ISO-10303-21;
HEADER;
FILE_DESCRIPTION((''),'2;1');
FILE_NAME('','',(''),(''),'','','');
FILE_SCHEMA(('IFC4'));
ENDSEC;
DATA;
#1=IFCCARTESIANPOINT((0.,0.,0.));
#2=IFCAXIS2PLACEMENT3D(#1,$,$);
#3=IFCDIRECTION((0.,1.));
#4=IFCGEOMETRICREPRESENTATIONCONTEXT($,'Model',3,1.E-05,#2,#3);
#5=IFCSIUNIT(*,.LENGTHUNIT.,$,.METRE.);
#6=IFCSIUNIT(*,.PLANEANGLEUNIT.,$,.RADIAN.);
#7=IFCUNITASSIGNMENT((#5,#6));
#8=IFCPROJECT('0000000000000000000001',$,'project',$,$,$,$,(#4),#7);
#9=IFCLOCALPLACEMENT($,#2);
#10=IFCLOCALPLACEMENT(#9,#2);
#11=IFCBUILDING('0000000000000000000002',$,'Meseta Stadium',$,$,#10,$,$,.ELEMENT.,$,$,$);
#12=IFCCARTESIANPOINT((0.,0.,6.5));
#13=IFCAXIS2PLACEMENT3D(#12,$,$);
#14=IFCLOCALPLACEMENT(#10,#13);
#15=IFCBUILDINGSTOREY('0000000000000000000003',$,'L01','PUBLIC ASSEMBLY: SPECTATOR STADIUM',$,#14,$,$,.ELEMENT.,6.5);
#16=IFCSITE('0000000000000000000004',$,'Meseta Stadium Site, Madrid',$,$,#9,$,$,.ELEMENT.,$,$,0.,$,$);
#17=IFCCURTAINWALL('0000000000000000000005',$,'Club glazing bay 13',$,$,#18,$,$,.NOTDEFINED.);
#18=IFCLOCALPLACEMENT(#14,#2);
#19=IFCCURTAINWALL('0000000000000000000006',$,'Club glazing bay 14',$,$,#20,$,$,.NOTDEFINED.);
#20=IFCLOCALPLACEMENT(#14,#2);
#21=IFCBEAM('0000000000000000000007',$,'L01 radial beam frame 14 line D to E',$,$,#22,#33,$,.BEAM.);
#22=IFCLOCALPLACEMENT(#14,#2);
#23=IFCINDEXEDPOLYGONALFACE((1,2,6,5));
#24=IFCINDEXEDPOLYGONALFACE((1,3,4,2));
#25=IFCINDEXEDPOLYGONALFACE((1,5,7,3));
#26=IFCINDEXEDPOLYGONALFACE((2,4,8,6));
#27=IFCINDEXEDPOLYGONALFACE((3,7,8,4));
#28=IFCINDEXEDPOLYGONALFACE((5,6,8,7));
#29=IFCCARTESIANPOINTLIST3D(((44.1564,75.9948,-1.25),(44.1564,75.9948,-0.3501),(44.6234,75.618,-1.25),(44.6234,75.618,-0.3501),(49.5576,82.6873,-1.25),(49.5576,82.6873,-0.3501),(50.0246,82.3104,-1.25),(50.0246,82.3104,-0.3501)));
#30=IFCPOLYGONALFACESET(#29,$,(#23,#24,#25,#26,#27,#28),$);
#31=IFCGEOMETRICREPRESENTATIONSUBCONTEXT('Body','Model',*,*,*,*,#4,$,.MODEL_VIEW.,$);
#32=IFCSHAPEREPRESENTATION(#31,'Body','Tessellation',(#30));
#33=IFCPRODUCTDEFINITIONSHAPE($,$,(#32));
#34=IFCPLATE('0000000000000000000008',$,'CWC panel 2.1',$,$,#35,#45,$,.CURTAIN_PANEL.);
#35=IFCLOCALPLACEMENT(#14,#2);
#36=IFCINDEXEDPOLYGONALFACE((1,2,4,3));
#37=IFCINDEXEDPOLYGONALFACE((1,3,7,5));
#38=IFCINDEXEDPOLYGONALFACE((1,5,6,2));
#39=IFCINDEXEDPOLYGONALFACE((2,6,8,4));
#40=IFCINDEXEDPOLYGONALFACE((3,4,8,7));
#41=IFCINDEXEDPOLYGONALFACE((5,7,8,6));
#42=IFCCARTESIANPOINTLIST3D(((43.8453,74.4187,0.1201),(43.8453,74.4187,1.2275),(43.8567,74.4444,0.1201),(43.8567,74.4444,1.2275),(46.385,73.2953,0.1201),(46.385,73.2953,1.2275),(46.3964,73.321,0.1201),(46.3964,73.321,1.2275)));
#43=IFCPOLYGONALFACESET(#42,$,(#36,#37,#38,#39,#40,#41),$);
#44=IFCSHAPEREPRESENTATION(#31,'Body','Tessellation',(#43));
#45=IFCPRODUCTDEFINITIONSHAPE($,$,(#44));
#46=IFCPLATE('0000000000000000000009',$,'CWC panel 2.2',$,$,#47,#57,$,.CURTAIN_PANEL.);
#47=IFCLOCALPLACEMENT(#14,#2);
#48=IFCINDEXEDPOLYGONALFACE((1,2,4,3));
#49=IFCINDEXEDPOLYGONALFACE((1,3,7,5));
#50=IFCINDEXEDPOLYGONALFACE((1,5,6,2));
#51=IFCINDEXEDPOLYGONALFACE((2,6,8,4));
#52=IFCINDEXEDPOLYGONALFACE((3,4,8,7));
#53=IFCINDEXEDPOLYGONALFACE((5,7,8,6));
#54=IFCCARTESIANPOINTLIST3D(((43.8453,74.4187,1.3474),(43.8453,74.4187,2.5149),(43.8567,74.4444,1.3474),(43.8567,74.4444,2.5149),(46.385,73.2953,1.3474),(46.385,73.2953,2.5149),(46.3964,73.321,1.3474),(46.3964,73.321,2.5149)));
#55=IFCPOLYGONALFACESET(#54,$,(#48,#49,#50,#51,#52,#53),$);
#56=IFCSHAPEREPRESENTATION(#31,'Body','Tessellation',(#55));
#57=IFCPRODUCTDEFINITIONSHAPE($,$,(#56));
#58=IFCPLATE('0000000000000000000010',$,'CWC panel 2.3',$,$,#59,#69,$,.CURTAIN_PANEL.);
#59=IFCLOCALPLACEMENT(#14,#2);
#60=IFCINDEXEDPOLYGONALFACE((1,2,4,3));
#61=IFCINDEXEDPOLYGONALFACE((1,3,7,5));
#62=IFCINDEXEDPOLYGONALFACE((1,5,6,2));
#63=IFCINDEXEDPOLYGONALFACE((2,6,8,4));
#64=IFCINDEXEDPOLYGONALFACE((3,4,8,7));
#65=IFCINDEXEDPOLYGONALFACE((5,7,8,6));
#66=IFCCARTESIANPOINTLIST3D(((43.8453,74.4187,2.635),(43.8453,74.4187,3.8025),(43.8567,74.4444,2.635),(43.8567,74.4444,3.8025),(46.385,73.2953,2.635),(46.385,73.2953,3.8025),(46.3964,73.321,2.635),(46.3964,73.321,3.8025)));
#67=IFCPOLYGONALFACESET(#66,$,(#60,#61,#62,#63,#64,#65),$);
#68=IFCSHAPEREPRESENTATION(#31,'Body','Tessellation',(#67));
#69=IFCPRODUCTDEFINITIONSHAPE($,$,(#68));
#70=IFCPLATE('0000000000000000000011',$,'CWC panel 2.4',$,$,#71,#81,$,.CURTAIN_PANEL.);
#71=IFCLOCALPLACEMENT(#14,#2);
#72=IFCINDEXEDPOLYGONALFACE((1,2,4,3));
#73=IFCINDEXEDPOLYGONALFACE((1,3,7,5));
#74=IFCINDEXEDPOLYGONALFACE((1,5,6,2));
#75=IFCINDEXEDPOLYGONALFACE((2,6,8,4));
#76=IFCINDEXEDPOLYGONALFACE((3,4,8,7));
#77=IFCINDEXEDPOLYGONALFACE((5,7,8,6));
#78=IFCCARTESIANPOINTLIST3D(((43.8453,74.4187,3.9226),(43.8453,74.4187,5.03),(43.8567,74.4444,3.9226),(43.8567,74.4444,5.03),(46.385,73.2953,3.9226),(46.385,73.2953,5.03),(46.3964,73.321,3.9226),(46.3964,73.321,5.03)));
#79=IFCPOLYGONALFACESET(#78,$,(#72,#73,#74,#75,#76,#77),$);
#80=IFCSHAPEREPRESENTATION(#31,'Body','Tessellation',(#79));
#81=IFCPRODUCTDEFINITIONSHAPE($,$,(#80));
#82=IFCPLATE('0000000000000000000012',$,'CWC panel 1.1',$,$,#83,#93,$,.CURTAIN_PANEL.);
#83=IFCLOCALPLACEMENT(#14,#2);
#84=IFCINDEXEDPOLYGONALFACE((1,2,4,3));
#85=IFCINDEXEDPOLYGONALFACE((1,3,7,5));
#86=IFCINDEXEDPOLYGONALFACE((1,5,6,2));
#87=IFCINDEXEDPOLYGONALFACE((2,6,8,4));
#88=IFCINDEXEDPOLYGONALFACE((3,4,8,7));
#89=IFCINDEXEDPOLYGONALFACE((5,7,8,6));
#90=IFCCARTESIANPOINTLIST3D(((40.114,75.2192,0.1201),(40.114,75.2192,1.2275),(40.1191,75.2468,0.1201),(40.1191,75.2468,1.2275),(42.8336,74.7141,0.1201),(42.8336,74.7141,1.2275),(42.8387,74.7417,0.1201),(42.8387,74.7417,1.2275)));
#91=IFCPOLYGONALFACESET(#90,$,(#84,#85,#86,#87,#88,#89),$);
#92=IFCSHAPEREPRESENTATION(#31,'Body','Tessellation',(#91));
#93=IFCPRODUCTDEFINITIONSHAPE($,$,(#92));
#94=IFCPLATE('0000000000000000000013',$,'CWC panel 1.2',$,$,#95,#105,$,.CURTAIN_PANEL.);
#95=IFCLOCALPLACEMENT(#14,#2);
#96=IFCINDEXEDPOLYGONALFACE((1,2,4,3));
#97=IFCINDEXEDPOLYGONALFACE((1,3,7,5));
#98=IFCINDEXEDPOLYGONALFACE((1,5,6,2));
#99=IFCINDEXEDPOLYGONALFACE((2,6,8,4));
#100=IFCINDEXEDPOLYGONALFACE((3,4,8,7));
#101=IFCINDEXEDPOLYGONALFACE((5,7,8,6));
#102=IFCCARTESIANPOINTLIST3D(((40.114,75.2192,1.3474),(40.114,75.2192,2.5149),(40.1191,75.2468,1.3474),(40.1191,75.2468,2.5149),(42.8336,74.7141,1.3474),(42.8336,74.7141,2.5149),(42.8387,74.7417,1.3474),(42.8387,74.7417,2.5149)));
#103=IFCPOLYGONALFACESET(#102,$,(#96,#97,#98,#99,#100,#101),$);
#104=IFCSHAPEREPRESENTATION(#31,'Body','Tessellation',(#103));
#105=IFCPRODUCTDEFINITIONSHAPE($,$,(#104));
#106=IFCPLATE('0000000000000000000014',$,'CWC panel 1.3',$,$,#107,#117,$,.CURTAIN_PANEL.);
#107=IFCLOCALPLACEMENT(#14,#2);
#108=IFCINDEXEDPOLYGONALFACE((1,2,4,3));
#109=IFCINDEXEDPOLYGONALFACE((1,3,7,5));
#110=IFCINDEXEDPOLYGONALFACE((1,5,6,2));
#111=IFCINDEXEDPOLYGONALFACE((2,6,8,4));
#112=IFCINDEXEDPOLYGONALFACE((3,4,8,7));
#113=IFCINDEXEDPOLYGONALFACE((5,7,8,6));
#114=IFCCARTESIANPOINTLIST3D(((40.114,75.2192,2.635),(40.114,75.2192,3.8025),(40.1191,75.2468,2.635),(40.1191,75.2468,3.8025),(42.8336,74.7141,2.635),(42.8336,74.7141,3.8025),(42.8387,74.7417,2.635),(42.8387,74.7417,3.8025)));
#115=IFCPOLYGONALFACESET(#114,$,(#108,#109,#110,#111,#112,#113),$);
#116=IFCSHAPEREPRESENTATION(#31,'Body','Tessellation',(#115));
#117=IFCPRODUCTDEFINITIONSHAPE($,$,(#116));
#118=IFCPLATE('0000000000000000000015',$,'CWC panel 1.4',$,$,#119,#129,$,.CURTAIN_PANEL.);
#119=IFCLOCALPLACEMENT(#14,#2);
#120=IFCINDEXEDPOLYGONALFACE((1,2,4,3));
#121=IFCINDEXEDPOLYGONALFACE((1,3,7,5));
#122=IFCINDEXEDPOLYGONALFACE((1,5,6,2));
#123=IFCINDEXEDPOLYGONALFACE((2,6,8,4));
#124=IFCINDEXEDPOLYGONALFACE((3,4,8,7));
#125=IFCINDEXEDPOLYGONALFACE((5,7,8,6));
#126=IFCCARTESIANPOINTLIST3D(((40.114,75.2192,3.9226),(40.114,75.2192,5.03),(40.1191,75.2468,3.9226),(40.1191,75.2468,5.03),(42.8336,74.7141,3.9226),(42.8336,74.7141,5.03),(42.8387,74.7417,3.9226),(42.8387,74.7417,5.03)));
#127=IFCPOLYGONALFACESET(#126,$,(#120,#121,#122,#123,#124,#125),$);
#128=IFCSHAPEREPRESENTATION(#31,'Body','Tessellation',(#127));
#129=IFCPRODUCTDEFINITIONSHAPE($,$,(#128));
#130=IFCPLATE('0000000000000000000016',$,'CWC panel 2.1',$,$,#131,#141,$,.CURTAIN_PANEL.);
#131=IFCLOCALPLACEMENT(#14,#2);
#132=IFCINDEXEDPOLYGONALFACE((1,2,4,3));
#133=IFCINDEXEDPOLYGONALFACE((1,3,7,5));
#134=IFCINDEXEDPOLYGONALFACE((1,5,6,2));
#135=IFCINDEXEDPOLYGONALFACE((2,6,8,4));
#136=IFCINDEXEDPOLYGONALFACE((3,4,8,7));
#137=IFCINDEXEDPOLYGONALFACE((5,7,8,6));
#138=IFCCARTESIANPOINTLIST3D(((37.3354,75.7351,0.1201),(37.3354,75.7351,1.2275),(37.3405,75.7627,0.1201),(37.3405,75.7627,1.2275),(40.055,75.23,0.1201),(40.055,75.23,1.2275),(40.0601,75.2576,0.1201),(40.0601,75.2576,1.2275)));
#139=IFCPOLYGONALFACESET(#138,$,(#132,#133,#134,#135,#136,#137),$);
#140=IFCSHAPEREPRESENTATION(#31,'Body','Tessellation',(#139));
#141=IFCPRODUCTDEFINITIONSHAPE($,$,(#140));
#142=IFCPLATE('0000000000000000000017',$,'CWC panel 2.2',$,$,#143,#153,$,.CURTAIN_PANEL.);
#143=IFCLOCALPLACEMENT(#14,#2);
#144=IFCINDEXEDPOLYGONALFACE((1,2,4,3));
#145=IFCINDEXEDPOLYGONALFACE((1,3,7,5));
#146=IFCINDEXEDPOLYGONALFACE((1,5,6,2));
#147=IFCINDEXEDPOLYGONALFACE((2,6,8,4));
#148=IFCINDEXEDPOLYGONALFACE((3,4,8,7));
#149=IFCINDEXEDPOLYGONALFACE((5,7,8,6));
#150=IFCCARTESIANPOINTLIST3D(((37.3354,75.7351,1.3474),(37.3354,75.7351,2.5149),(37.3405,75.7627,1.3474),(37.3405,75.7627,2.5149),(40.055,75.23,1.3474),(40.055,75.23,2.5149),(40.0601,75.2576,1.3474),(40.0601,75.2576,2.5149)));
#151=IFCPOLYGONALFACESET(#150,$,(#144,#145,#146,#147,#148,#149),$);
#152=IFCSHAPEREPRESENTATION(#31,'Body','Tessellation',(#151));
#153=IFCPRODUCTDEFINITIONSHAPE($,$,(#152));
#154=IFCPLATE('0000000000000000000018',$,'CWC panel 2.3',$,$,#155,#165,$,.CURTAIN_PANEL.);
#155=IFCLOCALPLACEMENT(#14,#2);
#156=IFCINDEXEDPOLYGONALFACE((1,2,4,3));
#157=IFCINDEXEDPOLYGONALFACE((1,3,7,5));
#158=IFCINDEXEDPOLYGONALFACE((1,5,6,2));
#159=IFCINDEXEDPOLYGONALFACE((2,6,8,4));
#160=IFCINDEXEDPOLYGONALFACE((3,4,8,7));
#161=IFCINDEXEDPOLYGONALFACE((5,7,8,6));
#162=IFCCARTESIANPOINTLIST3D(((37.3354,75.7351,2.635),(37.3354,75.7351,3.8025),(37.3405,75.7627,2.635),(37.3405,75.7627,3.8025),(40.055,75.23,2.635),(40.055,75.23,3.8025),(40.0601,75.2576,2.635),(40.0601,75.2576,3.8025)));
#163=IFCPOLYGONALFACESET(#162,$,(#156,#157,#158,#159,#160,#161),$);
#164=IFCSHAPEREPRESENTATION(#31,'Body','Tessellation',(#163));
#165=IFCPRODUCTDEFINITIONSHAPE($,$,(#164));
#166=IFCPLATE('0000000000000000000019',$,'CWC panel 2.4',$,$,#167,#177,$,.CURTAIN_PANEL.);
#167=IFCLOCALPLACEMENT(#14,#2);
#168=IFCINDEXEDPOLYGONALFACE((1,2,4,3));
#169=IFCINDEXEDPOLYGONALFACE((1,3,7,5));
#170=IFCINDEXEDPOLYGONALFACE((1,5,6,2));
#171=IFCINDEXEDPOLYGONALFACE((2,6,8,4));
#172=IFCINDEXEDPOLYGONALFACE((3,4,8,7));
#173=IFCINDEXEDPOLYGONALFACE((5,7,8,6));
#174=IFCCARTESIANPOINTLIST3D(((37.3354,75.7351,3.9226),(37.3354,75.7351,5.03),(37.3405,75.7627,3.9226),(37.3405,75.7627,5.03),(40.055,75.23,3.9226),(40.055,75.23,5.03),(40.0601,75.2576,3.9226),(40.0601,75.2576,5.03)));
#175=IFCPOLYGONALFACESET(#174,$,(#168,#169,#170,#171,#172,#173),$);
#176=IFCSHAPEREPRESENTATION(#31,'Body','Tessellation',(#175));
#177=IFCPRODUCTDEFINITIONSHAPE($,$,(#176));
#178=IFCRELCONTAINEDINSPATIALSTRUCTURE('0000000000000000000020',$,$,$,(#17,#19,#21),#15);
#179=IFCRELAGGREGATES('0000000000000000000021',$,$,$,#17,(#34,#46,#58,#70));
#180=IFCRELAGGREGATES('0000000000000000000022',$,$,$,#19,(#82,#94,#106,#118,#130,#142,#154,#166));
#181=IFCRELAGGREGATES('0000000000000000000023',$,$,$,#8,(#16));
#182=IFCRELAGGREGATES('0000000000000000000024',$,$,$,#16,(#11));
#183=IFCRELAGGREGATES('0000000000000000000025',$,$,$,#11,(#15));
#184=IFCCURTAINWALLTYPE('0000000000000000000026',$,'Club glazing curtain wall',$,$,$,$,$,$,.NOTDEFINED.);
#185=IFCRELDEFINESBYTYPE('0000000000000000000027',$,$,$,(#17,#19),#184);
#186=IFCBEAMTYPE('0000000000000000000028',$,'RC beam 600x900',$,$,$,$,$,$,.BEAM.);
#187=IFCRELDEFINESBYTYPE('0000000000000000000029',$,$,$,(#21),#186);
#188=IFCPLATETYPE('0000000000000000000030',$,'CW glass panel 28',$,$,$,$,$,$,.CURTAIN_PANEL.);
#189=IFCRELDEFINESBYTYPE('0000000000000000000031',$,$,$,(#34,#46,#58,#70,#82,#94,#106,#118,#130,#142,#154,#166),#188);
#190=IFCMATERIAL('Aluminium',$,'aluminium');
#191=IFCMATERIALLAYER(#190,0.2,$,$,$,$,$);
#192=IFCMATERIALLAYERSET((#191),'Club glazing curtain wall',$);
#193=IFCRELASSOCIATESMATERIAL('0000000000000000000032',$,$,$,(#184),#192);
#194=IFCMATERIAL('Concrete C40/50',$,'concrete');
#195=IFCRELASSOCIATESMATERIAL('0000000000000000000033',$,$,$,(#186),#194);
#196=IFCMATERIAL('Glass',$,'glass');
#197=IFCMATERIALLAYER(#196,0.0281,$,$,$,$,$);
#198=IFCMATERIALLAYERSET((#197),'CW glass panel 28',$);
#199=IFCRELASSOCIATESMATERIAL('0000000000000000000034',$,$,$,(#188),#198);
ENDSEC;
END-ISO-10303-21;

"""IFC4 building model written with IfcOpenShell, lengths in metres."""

from ifc_helpers import new_model, si_unit, direction, frame, origin, origin_2d, place, context, subcontext, project, spatial, rectangle, extrude, material, layer, layer_set, material_profile, profile_set, type_object, element, aggregate, save


model = new_model("IFC4")

# Units and contexts
model_context = context("Model", 3, precision=1e-05, world=origin(), true_north=direction((0.0, 1.0)))
body_context = subcontext(model_context, "Body", "Model", "MODEL_VIEW")
ifc_project = project(units=[si_unit("LENGTHUNIT", "METRE"), si_unit("PLANEANGLEUNIT", "RADIAN")], contexts=[model_context])

# Site, building, storey
site_placement = place(None, origin())
site = spatial("IfcSite", under=ifc_project, at=site_placement, Name="Meseta Stadium Site, Madrid", CompositionType="ELEMENT", RefElevation=0.0)
building_placement = place(site_placement, origin())
building = spatial("IfcBuilding", under=site, at=building_placement, Name="Meseta Stadium", CompositionType="ELEMENT")
storey_placement = place(building_placement, frame((0.0, 0.0, 6.5)))
storey = spatial("IfcBuildingStorey", under=building, at=storey_placement, Name="L01", Description="PUBLIC ASSEMBLY: SPECTATOR STADIUM", CompositionType="ELEMENT", Elevation=6.5)

# Curtain wall
ifc_material_1 = material(Name="Aluminium", Category="aluminium")
ifc_layer_1 = layer(ifc_material_1, 0.2)
ifc_layer_set_1 = layer_set([ifc_layer_1], Name="Club glazing curtain wall")
curtain_wall_type = type_object("IfcCurtainWallType", Name="Club glazing curtain wall", PredefinedType="NOTDEFINED", material=ifc_layer_set_1)
curtain_wall_1_placement = place(storey_placement, origin())
curtain_wall_1 = element("IfcCurtainWall", 1, at=curtain_wall_1_placement, inside=storey, type_object=curtain_wall_type, Name="Club glazing bay 13", PredefinedType="NOTDEFINED")

# Curtain wall
curtain_wall_2_placement = place(storey_placement, origin())
curtain_wall_2 = element("IfcCurtainWall", 2, at=curtain_wall_2_placement, inside=storey, type_object=curtain_wall_type, Name="Club glazing bay 14", PredefinedType="NOTDEFINED")

# Beam
ifc_material_2 = material(Name="Concrete C40/50", Category="concrete")
ifc_material_profile_1 = material_profile(ifc_material_2, rectangle(XDim=0.6001, YDim=0.8999, at=origin_2d()), Name="RC 600x900")
ifc_profile_set_1 = profile_set([ifc_material_profile_1], Name="Concrete C40/50")
beam_type_1 = type_object("IfcBeamType", Name="RC beam 600x900", PredefinedType="BEAM", material=ifc_profile_set_1)
beam_1_placement = place(storey_placement, frame((44.3899, 75.8064, -0.8), z_axis=(0.628037, 0.778183, 0.0), x_axis=(-0.778183, 0.628037, 0.0)))
element("IfcBeam", 3, at=beam_1_placement, inside=storey, type_object=beam_type_1, Name="L01 radial beam frame 14 line D to E", PredefinedType="BEAM", context=body_context, shape_type="SweptSolid", body=[
    extrude(rectangle(XDim=0.6001, YDim=0.8999, at=origin_2d()), origin(), (0.0, 0.0, 1.0), 8.6001),
])

# Plates
ifc_material_3 = material(Name="Glass", Category="glass")
ifc_layer_2 = layer(ifc_material_3, 0.0281)
ifc_layer_set_2 = layer_set([ifc_layer_2], Name="CW glass panel 28")
plate_type = type_object("IfcPlateType", Name="CW glass panel 28", PredefinedType="CURTAIN_PANEL", material=ifc_layer_set_2)
plate_1_placement = place(storey_placement, frame((45.1208, 73.8699, 0.1201), z_axis=(0.0, 0.0, 1.0), x_axis=(-0.914527, 0.404524, 0.0)))
plate_1 = element("IfcPlate", 4, at=plate_1_placement, type_object=plate_type, Name="CWC panel 2.1", PredefinedType="CURTAIN_PANEL", context=body_context, shape_type="SweptSolid", body=[
    extrude(rectangle(XDim=2.7771, YDim=0.0281, at=origin_2d()), origin(), (0.0, 0.0, 1.0), 1.1074),
])
plate_2_placement = place(storey_placement, frame((45.1208, 73.8699, 1.3474), z_axis=(0.0, 0.0, 1.0), x_axis=(-0.914527, 0.404524, 0.0)))
plate_2 = element("IfcPlate", 5, at=plate_2_placement, type_object=plate_type, Name="CWC panel 2.2", PredefinedType="CURTAIN_PANEL", context=body_context, shape_type="SweptSolid", body=[
    extrude(rectangle(XDim=2.7771, YDim=0.0281, at=origin_2d()), origin(), (0.0, 0.0, 1.0), 1.1675),
])
plate_3_placement = place(storey_placement, frame((45.1208, 73.8699, 2.635), z_axis=(0.0, 0.0, 1.0), x_axis=(-0.914527, 0.404524, 0.0)))
plate_3 = element("IfcPlate", 6, at=plate_3_placement, type_object=plate_type, Name="CWC panel 2.3", PredefinedType="CURTAIN_PANEL", context=body_context, shape_type="SweptSolid", body=[
    extrude(rectangle(XDim=2.7771, YDim=0.0281, at=origin_2d()), origin(), (0.0, 0.0, 1.0), 1.1675),
])
plate_4_placement = place(storey_placement, frame((45.1208, 73.8699, 3.9226), z_axis=(0.0, 0.0, 1.0), x_axis=(-0.914527, 0.404524, 0.0)))
plate_4 = element("IfcPlate", 7, at=plate_4_placement, type_object=plate_type, Name="CWC panel 2.4", PredefinedType="CURTAIN_PANEL", context=body_context, shape_type="SweptSolid", body=[
    extrude(rectangle(XDim=2.7771, YDim=0.0281, at=origin_2d()), origin(), (0.0, 0.0, 1.0), 1.1074),
])
aggregate(curtain_wall_1, [plate_1, plate_2, plate_3, plate_4])
plate_5_placement = place(storey_placement, frame((41.4763, 74.9805, 0.1201), z_axis=(0.0, 0.0, 1.0), x_axis=(-0.983187, 0.1826, 0.0)))
plate_5 = element("IfcPlate", 8, at=plate_5_placement, type_object=plate_type, Name="CWC panel 1.1", PredefinedType="CURTAIN_PANEL", context=body_context, shape_type="SweptSolid", body=[
    extrude(rectangle(XDim=2.7661, YDim=0.0281, at=origin_2d()), origin(), (0.0, 0.0, 1.0), 1.1074),
])
plate_6_placement = place(storey_placement, frame((41.4763, 74.9805, 1.3474), z_axis=(0.0, 0.0, 1.0), x_axis=(-0.983187, 0.1826, 0.0)))
plate_6 = element("IfcPlate", 9, at=plate_6_placement, type_object=plate_type, Name="CWC panel 1.2", PredefinedType="CURTAIN_PANEL", context=body_context, shape_type="SweptSolid", body=[
    extrude(rectangle(XDim=2.7661, YDim=0.0281, at=origin_2d()), origin(), (0.0, 0.0, 1.0), 1.1675),
])
plate_7_placement = place(storey_placement, frame((41.4763, 74.9805, 2.635), z_axis=(0.0, 0.0, 1.0), x_axis=(-0.983187, 0.1826, 0.0)))
plate_7 = element("IfcPlate", 10, at=plate_7_placement, type_object=plate_type, Name="CWC panel 1.3", PredefinedType="CURTAIN_PANEL", context=body_context, shape_type="SweptSolid", body=[
    extrude(rectangle(XDim=2.7661, YDim=0.0281, at=origin_2d()), origin(), (0.0, 0.0, 1.0), 1.1675),
])
plate_8_placement = place(storey_placement, frame((41.4763, 74.9805, 3.9226), z_axis=(0.0, 0.0, 1.0), x_axis=(-0.983187, 0.1826, 0.0)))
plate_8 = element("IfcPlate", 11, at=plate_8_placement, type_object=plate_type, Name="CWC panel 1.4", PredefinedType="CURTAIN_PANEL", context=body_context, shape_type="SweptSolid", body=[
    extrude(rectangle(XDim=2.7661, YDim=0.0281, at=origin_2d()), origin(), (0.0, 0.0, 1.0), 1.1074),
])
plate_9_placement = place(storey_placement, frame((38.6978, 75.4963, 0.1201), z_axis=(0.0, 0.0, 1.0), x_axis=(-0.983187, 0.1826, 0.0)))
plate_9 = element("IfcPlate", 12, at=plate_9_placement, type_object=plate_type, Name="CWC panel 2.1", PredefinedType="CURTAIN_PANEL", context=body_context, shape_type="SweptSolid", body=[
    extrude(rectangle(XDim=2.7661, YDim=0.0281, at=origin_2d()), origin(), (0.0, 0.0, 1.0), 1.1074),
])
plate_10_placement = place(storey_placement, frame((38.6978, 75.4963, 1.3474), z_axis=(0.0, 0.0, 1.0), x_axis=(-0.983187, 0.1826, 0.0)))
plate_10 = element("IfcPlate", 13, at=plate_10_placement, type_object=plate_type, Name="CWC panel 2.2", PredefinedType="CURTAIN_PANEL", context=body_context, shape_type="SweptSolid", body=[
    extrude(rectangle(XDim=2.7661, YDim=0.0281, at=origin_2d()), origin(), (0.0, 0.0, 1.0), 1.1675),
])
plate_11_placement = place(storey_placement, frame((38.6978, 75.4963, 2.635), z_axis=(0.0, 0.0, 1.0), x_axis=(-0.983187, 0.1826, 0.0)))
plate_11 = element("IfcPlate", 14, at=plate_11_placement, type_object=plate_type, Name="CWC panel 2.3", PredefinedType="CURTAIN_PANEL", context=body_context, shape_type="SweptSolid", body=[
    extrude(rectangle(XDim=2.7661, YDim=0.0281, at=origin_2d()), origin(), (0.0, 0.0, 1.0), 1.1675),
])
plate_12_placement = place(storey_placement, frame((38.6978, 75.4963, 3.9226), z_axis=(0.0, 0.0, 1.0), x_axis=(-0.983187, 0.1826, 0.0)))
plate_12 = element("IfcPlate", 15, at=plate_12_placement, type_object=plate_type, Name="CWC panel 2.4", PredefinedType="CURTAIN_PANEL", context=body_context, shape_type="SweptSolid", body=[
    extrude(rectangle(XDim=2.7661, YDim=0.0281, at=origin_2d()), origin(), (0.0, 0.0, 1.0), 1.1074),
])
aggregate(curtain_wall_2, [plate_5, plate_6, plate_7, plate_8, plate_9, plate_10, plate_11, plate_12])

save(model, "model.ifc")
